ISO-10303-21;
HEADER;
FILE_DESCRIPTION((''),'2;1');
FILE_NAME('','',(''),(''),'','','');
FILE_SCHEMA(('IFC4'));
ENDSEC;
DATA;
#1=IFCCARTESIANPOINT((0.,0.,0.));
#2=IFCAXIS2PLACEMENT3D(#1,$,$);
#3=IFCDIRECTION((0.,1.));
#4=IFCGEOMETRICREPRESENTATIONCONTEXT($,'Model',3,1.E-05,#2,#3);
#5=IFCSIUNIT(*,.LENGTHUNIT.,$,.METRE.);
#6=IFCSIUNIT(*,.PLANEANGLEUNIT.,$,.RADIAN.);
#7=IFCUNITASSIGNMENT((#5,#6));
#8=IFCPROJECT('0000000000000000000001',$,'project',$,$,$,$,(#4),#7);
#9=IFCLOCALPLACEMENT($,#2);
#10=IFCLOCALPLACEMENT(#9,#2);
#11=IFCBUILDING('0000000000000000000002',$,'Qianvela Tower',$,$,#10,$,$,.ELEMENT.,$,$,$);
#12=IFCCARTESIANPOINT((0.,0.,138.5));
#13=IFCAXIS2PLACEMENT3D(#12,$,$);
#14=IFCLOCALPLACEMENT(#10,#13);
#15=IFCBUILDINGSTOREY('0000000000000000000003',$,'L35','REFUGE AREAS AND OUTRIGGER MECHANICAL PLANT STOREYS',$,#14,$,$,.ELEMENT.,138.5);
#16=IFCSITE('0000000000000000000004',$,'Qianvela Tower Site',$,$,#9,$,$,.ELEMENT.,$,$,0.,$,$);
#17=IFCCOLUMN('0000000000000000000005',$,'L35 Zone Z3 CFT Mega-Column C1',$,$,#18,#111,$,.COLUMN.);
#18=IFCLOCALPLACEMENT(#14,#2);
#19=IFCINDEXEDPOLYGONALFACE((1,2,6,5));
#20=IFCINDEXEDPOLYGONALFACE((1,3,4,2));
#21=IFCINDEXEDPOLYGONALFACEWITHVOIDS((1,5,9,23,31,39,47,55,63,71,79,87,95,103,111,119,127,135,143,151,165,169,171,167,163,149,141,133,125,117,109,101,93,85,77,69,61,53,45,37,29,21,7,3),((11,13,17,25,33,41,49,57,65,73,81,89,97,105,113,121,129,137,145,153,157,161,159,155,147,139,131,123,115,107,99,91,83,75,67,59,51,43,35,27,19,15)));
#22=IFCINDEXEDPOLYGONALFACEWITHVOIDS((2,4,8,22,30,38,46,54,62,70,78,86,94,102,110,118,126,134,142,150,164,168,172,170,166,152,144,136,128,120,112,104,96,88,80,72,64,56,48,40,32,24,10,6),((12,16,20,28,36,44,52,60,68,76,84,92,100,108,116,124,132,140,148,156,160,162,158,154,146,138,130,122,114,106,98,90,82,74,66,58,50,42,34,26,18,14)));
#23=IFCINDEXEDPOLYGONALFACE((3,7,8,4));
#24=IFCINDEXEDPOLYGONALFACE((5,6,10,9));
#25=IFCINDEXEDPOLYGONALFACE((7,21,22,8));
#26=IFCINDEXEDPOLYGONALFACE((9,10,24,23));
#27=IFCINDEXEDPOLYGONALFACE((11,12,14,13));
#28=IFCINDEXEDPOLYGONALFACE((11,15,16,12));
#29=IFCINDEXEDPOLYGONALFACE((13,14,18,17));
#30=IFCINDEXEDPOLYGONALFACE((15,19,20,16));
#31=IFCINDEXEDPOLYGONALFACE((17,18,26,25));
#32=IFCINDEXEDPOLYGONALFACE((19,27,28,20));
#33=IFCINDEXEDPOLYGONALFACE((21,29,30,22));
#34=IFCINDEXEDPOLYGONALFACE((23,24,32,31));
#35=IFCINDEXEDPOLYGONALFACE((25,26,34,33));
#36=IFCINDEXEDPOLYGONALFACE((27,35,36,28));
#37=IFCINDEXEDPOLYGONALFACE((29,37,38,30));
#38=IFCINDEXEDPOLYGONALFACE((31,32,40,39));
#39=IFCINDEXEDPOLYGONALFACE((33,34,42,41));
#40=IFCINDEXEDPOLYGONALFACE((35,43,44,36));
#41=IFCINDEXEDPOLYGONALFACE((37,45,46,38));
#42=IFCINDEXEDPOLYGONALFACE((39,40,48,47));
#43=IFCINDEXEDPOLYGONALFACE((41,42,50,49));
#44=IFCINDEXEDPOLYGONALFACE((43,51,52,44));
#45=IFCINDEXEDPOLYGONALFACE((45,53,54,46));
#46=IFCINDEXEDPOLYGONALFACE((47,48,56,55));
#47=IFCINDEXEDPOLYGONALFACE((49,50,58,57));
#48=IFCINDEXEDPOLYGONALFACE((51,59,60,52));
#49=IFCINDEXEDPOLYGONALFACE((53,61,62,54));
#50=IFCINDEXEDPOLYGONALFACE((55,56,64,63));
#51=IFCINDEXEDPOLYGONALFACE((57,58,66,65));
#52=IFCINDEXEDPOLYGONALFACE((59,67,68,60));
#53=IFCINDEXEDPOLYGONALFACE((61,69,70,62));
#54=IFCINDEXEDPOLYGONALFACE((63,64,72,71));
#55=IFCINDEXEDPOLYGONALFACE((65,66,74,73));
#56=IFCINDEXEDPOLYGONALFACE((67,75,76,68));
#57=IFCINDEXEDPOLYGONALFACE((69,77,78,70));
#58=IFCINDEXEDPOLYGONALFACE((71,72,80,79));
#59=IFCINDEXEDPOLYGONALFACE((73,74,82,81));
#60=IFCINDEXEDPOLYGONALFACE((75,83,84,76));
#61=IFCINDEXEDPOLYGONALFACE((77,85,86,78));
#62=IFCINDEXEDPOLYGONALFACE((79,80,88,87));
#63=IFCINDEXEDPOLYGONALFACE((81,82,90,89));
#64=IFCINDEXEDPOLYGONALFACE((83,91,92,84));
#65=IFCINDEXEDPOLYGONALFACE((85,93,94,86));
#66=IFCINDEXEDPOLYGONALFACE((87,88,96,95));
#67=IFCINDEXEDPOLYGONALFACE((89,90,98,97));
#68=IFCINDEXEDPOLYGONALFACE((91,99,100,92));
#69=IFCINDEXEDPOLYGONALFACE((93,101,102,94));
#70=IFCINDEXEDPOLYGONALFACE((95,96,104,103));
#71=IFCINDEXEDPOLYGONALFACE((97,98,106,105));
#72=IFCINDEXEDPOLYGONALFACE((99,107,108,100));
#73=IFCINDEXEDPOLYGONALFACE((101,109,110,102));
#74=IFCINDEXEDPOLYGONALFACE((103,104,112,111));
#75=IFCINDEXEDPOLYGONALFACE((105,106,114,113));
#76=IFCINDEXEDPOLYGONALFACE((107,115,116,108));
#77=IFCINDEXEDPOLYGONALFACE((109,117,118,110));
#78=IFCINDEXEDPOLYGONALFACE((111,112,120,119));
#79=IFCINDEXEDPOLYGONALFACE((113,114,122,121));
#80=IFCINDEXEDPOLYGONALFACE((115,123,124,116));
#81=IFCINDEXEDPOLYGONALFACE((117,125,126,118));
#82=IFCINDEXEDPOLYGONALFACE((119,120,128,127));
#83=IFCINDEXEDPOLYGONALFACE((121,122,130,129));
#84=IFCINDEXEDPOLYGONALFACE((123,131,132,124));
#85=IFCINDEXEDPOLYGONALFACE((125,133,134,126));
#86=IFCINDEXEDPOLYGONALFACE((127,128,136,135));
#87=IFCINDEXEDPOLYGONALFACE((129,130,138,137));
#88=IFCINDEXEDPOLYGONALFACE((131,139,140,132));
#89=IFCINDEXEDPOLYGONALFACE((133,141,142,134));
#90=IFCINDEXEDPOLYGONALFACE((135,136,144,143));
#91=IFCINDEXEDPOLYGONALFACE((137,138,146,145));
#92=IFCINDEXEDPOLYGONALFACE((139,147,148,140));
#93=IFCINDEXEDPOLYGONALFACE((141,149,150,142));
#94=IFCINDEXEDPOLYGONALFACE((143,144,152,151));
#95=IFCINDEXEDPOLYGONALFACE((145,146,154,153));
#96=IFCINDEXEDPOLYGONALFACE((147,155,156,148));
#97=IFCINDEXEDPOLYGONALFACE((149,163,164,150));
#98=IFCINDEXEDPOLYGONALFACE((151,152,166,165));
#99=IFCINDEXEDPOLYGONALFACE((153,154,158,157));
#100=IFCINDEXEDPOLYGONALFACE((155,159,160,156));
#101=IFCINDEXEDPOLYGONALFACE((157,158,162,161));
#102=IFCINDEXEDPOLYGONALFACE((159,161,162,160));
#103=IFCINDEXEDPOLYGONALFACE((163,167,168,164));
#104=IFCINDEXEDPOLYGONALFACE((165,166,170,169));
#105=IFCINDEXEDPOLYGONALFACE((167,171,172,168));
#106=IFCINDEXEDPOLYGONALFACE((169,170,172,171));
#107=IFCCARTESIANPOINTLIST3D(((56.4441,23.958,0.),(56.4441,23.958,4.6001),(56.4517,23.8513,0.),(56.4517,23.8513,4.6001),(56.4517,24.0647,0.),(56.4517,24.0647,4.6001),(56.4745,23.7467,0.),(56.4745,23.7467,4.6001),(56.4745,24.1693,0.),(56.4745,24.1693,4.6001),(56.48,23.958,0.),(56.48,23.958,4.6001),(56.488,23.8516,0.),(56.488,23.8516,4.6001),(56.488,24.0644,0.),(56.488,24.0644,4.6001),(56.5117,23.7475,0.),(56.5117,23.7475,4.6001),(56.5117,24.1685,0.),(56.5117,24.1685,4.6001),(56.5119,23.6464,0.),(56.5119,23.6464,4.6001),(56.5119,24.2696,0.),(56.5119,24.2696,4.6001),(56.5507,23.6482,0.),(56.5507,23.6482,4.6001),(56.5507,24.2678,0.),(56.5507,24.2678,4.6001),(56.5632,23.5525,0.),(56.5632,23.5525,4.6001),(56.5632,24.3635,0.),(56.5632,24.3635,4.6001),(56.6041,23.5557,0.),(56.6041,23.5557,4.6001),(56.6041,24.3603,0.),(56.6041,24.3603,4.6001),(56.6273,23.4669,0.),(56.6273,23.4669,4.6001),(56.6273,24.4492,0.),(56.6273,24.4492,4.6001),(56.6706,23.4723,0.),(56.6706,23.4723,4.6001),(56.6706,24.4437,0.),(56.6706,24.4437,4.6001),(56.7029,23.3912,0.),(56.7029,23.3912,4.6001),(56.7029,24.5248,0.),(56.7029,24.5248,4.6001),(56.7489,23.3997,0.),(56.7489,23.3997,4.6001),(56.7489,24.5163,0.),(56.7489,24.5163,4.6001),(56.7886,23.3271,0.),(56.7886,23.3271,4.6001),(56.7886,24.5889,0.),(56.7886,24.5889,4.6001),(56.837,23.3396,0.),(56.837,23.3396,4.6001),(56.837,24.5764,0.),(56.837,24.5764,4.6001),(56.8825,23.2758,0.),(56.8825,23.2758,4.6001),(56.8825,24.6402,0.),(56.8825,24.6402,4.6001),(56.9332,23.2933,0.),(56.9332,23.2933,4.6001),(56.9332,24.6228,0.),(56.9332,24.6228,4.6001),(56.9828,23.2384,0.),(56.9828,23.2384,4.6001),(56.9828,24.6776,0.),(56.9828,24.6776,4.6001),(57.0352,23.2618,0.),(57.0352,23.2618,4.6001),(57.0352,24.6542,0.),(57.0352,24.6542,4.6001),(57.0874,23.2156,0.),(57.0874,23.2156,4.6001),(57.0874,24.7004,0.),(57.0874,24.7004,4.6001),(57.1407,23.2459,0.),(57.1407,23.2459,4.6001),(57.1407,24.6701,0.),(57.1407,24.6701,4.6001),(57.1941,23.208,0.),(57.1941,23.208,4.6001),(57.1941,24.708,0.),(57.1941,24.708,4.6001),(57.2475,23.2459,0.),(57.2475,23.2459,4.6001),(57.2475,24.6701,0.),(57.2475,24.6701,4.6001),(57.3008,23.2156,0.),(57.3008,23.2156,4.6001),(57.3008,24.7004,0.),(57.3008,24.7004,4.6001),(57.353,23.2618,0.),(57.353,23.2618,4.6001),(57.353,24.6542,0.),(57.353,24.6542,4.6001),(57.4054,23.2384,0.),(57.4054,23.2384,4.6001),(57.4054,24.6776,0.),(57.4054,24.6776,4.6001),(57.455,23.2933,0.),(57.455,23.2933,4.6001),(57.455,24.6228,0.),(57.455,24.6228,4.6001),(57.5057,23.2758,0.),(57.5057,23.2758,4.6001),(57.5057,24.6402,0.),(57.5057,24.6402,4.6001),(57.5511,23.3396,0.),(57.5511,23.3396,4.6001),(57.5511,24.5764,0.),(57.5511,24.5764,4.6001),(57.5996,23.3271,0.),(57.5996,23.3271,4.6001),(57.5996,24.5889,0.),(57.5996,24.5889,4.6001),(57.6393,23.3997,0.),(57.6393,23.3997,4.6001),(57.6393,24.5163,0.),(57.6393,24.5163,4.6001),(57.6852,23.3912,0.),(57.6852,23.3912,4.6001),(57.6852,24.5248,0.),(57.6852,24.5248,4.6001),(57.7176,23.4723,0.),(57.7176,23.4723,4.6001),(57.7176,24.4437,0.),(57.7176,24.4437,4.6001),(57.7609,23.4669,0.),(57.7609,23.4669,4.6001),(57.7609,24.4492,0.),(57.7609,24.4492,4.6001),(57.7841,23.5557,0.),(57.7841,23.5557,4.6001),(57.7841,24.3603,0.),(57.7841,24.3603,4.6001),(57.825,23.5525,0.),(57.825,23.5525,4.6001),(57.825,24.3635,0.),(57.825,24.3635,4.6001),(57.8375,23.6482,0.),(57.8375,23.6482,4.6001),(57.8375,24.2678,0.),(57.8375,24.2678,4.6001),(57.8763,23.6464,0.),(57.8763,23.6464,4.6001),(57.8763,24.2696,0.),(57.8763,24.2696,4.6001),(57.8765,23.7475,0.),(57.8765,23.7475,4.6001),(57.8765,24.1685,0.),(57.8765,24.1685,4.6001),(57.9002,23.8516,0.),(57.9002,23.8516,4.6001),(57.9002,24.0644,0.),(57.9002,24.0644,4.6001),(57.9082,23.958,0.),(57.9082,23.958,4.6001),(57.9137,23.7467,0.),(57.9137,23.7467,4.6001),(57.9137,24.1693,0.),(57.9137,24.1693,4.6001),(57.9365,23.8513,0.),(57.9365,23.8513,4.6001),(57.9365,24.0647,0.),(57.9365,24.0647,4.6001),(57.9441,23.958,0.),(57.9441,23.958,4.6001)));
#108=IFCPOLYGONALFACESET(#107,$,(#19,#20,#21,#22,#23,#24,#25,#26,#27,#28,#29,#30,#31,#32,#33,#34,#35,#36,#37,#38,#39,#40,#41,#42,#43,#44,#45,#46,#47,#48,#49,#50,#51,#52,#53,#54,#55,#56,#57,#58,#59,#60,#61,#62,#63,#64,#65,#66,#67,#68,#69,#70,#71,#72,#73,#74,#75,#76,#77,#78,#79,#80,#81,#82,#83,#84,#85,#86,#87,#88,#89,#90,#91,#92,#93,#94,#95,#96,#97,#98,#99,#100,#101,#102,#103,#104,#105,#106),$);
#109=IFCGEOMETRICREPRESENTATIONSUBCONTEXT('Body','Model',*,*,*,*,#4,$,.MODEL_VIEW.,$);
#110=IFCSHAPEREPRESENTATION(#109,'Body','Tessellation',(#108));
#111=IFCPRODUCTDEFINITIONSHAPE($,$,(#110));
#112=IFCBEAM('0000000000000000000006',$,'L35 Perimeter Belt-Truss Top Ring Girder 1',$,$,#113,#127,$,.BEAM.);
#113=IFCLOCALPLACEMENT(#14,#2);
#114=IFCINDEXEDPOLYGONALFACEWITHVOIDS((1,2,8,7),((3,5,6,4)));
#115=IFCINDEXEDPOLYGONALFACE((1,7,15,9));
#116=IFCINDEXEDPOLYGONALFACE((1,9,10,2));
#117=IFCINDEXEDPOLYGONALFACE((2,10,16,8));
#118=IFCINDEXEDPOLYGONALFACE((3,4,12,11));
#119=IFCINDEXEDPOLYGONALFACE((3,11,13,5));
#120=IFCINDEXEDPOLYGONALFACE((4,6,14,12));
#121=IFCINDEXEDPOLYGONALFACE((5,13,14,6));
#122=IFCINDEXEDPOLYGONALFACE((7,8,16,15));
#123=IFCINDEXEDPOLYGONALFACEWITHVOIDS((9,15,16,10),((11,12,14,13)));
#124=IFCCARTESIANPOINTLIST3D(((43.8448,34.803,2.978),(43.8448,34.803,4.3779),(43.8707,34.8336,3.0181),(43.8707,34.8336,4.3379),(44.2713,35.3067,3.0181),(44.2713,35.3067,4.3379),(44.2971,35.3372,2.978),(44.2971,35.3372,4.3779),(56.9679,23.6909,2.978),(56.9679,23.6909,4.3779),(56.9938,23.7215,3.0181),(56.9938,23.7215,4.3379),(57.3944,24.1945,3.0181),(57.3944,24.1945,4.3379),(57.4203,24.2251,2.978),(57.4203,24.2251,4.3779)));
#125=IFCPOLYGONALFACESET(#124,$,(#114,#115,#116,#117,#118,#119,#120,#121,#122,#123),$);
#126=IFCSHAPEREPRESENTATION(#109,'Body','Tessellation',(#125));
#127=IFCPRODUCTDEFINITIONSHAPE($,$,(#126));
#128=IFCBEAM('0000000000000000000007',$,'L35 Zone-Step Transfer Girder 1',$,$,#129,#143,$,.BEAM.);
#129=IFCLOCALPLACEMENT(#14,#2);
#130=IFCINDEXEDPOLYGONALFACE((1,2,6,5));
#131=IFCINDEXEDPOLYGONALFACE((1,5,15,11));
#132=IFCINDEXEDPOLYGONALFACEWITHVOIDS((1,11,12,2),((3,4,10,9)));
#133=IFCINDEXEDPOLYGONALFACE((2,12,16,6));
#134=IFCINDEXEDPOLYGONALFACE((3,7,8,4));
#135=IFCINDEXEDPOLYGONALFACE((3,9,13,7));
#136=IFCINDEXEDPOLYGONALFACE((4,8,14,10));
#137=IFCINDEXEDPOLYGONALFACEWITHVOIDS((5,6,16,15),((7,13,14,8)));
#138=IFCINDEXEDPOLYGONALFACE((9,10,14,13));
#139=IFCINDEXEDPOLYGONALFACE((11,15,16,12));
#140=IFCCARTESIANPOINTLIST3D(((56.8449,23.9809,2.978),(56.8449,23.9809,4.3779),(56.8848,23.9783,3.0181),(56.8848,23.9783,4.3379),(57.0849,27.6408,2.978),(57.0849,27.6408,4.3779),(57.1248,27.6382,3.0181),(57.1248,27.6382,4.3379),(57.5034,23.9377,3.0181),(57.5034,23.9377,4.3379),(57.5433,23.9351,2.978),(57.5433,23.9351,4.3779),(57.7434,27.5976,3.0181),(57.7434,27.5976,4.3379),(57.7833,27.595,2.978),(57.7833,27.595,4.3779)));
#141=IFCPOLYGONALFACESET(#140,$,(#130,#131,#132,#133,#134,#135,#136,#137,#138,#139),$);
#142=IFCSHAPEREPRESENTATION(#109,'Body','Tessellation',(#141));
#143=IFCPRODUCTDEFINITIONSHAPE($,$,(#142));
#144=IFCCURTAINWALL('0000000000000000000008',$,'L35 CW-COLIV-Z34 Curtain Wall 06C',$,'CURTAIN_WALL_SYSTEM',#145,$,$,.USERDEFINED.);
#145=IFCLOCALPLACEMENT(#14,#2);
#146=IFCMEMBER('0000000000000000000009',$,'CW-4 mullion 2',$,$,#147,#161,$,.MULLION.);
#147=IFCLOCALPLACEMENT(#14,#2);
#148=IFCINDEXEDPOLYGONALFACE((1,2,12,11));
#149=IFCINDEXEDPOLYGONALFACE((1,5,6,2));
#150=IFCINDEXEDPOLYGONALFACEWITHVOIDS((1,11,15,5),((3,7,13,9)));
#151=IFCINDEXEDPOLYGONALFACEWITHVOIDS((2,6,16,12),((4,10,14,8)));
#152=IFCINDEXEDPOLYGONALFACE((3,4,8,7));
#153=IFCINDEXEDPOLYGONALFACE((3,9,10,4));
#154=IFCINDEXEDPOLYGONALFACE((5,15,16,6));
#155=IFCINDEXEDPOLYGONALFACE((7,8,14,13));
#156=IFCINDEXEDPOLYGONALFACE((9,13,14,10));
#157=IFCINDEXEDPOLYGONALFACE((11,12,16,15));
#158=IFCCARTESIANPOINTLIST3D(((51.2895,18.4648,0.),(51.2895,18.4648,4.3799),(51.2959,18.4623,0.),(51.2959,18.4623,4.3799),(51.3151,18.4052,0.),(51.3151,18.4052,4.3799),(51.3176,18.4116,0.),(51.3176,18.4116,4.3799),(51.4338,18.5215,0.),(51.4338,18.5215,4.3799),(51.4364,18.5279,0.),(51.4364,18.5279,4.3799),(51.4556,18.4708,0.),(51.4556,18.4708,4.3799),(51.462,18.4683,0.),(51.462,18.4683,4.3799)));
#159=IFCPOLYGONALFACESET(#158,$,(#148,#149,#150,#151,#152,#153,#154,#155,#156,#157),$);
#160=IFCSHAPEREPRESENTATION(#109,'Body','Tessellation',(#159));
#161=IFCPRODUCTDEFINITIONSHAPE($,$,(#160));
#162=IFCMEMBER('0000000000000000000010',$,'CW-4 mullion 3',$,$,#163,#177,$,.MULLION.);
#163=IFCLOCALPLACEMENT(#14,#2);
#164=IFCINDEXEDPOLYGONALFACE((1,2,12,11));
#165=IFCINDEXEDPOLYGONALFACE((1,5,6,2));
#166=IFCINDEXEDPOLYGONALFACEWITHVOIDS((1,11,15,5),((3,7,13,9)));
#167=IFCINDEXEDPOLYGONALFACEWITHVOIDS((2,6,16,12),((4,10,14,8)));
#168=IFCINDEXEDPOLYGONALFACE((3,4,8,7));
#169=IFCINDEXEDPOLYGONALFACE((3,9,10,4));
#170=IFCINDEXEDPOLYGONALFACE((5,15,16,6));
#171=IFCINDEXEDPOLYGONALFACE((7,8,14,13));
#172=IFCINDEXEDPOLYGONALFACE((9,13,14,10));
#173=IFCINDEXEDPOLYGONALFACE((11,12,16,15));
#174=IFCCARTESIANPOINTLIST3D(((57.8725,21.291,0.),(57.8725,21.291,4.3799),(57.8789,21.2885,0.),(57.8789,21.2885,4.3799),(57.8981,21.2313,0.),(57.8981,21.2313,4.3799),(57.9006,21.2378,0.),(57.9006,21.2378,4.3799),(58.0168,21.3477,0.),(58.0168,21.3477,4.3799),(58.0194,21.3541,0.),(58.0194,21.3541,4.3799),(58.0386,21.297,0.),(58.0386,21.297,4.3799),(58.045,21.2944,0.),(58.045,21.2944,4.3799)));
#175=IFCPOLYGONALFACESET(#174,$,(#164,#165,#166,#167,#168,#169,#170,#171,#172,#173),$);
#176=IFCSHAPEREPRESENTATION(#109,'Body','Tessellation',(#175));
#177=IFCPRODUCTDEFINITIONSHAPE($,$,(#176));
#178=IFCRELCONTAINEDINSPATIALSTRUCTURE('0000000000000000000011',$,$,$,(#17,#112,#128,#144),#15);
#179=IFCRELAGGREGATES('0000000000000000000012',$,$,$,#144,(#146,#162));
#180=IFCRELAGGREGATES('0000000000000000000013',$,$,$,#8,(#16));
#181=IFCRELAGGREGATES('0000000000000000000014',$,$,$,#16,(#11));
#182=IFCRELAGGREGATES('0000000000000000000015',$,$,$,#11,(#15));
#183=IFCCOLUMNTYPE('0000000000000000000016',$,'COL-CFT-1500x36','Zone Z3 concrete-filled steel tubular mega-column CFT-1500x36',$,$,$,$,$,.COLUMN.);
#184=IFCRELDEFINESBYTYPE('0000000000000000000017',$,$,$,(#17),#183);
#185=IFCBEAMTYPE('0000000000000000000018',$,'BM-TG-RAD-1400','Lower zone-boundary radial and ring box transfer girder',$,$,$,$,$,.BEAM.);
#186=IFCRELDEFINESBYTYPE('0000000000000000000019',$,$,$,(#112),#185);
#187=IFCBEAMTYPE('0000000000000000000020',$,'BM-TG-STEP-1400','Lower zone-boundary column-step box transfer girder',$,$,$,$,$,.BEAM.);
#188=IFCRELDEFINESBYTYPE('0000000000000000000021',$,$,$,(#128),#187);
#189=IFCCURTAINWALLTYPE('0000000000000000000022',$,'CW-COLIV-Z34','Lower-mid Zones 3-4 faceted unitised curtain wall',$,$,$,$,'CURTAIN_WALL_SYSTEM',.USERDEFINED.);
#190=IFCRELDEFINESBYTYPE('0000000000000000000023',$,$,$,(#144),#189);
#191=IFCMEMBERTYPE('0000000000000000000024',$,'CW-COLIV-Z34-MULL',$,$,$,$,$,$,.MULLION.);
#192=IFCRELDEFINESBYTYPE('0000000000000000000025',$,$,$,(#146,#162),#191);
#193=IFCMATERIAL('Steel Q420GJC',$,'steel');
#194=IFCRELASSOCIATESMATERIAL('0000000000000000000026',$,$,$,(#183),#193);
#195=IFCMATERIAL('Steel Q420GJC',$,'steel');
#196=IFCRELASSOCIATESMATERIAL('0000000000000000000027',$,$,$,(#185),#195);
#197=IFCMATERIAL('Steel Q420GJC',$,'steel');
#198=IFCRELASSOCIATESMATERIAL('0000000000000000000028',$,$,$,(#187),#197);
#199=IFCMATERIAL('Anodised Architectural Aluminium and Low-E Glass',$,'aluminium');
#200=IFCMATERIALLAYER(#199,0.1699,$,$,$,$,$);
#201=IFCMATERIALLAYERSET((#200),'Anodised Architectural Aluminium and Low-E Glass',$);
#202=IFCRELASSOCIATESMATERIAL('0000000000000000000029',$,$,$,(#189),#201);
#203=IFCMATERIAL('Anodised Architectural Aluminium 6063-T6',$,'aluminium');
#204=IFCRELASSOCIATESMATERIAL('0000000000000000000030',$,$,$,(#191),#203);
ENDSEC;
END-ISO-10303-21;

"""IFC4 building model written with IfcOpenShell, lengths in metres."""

from ifc_helpers import new_model, si_unit, direction, frame, origin, origin_2d, place, context, subcontext, project, spatial, hollow_rectangle, hollow_circle, extrude, material, layer, layer_set, material_profile, profile_set, type_object, element, aggregate, save


model = new_model("IFC4")

# Units and contexts
model_context = context("Model", 3, precision=1e-05, world=origin(), true_north=direction((0.0, 1.0)))
body_context = subcontext(model_context, "Body", "Model", "MODEL_VIEW")
ifc_project = project(units=[si_unit("LENGTHUNIT", "METRE"), si_unit("PLANEANGLEUNIT", "RADIAN")], contexts=[model_context])

# Site, building, storey
site_placement = place(None, origin())
site = spatial("IfcSite", under=ifc_project, at=site_placement, Name="Qianvela Tower Site", CompositionType="ELEMENT", RefElevation=0.0)
building_placement = place(site_placement, origin())
building = spatial("IfcBuilding", under=site, at=building_placement, Name="Qianvela Tower", CompositionType="ELEMENT")
storey_placement = place(building_placement, frame((0.0, 0.0, 138.5)))
storey = spatial("IfcBuildingStorey", under=building, at=storey_placement, Name="L35", Description="REFUGE AREAS AND OUTRIGGER MECHANICAL PLANT STOREYS", CompositionType="ELEMENT", Elevation=138.5)

# Column
ifc_material_1 = material(Name="Steel Q420GJC", Category="steel")
ifc_material_profile_1 = material_profile(ifc_material_1, hollow_circle(Radius=0.75, WallThickness=0.0359, at=origin_2d()), Name="CFT-1500x36")
ifc_profile_set_1 = profile_set([ifc_material_profile_1], Name="Steel Q420GJC")
column_type = type_object("IfcColumnType", Name="COL-CFT-1500x36", Description="Zone Z3 concrete-filled steel tubular mega-column CFT-1500x36", PredefinedType="COLUMN", material=ifc_profile_set_1)
column_placement = place(storey_placement, frame((57.1941, 23.958, 0.0), z_axis=(0.0, 0.0, 1.0), x_axis=(1.0, 0.0, 0.0)))
element("IfcColumn", 1, at=column_placement, inside=storey, type_object=column_type, Name="L35 Zone Z3 CFT Mega-Column C1", PredefinedType="COLUMN", context=body_context, shape_type="SweptSolid", body=[
    extrude(hollow_circle(Radius=0.75, WallThickness=0.0359, at=origin_2d()), origin(), (0.0, 0.0, 1.0), 4.6001),
])

# Beams
ifc_material_2 = material(Name="Steel Q420GJC", Category="steel")
ifc_material_profile_2 = material_profile(ifc_material_2, hollow_rectangle(XDim=0.7, YDim=1.3999, WallThickness=0.04, at=origin_2d()), Name="TG-BOX-1400x700x40")
ifc_profile_set_2 = profile_set([ifc_material_profile_2], Name="Steel Q420GJC")
beam_type_1 = type_object("IfcBeamType", Name="BM-TG-RAD-1400", Description="Lower zone-boundary radial and ring box transfer girder", PredefinedType="BEAM", material=ifc_profile_set_2)
beam_1_placement = place(storey_placement, frame((57.1941, 23.958, 3.678), z_axis=(-0.763158, 0.646211, 0.0), x_axis=(-0.646211, -0.763158, 0.0)))
element("IfcBeam", 2, at=beam_1_placement, inside=storey, type_object=beam_type_1, Name="L35 Perimeter Belt-Truss Top Ring Girder 1", PredefinedType="BEAM", context=body_context, shape_type="SweptSolid", body=[
    extrude(hollow_rectangle(XDim=0.7, YDim=1.3999, WallThickness=0.04, at=origin_2d()), origin(), (0.0, 0.0, 1.0), 17.1958),
])
ifc_material_3 = material(Name="Steel Q420GJC", Category="steel")
ifc_material_profile_3 = material_profile(ifc_material_3, hollow_rectangle(XDim=0.7, YDim=1.3999, WallThickness=0.04, at=origin_2d()), Name="TG-BOX-1400x700x40")
ifc_profile_set_3 = profile_set([ifc_material_profile_3], Name="Steel Q420GJC")
beam_type_2 = type_object("IfcBeamType", Name="BM-TG-STEP-1400", Description="Lower zone-boundary column-step box transfer girder", PredefinedType="BEAM", material=ifc_profile_set_3)
beam_2_placement = place(storey_placement, frame((57.1941, 23.958, 3.678), z_axis=(0.065432, 0.997857, 0.0), x_axis=(-0.997857, 0.065432, 0.0)))
element("IfcBeam", 3, at=beam_2_placement, inside=storey, type_object=beam_type_2, Name="L35 Zone-Step Transfer Girder 1", PredefinedType="BEAM", context=body_context, shape_type="SweptSolid", body=[
    extrude(hollow_rectangle(XDim=0.7, YDim=1.3999, WallThickness=0.04, at=origin_2d()), origin(), (0.0, 0.0, 1.0), 3.6677),
])

# Curtain wall, members
ifc_material_4 = material(Name="Anodised Architectural Aluminium and Low-E Glass", Category="aluminium")
ifc_layer_1 = layer(ifc_material_4, 0.1699)
ifc_layer_set_1 = layer_set([ifc_layer_1], Name="Anodised Architectural Aluminium and Low-E Glass")
curtain_wall_type = type_object("IfcCurtainWallType", Name="CW-COLIV-Z34", Description="Lower-mid Zones 3-4 faceted unitised curtain wall", ElementType="CURTAIN_WALL_SYSTEM", PredefinedType="USERDEFINED", material=ifc_layer_set_1)
curtain_wall_placement = place(storey_placement, origin())
curtain_wall = element("IfcCurtainWall", 4, at=curtain_wall_placement, inside=storey, type_object=curtain_wall_type, Name="L35 CW-COLIV-Z34 Curtain Wall 06C", ObjectType="CURTAIN_WALL_SYSTEM", PredefinedType="USERDEFINED")
ifc_material_5 = material(Name="Anodised Architectural Aluminium 6063-T6", Category="aluminium")
ifc_material_profile_4 = material_profile(ifc_material_5, hollow_rectangle(XDim=0.0649, YDim=0.1599, WallThickness=0.0049, at=origin_2d()), Name="ALU-MULL-65x160")
ifc_profile_set_4 = profile_set([ifc_material_profile_4], Name="Anodised Architectural Aluminium 6063-T6")
member_type_1 = type_object("IfcMemberType", Name="CW-COLIV-Z34-MULL", PredefinedType="MULLION", material=ifc_profile_set_4)
member_1_placement = place(storey_placement, frame((51.3757, 18.4666, 0.0), z_axis=(0.0, 0.0, 1.0), x_axis=(-0.394472, 0.918908, 0.0)))
member_1 = element("IfcMember", 5, at=member_1_placement, type_object=member_type_1, Name="CW-4 mullion 2", PredefinedType="MULLION", context=body_context, shape_type="SweptSolid", body=[
    extrude(hollow_rectangle(XDim=0.0649, YDim=0.1599, WallThickness=0.0049, at=origin_2d()), origin(), (0.0, 0.0, 1.0), 4.3799),
])
member_2_placement = place(storey_placement, frame((57.9587, 21.2927, 0.0), z_axis=(0.0, 0.0, 1.0), x_axis=(-0.394472, 0.918908, 0.0)))
member_2 = element("IfcMember", 6, at=member_2_placement, type_object=member_type_1, Name="CW-4 mullion 3", PredefinedType="MULLION", context=body_context, shape_type="SweptSolid", body=[
    extrude(hollow_rectangle(XDim=0.0649, YDim=0.1599, WallThickness=0.0049, at=origin_2d()), origin(), (0.0, 0.0, 1.0), 4.3799),
])
aggregate(curtain_wall, [member_1, member_2])

save(model, "model.ifc")
